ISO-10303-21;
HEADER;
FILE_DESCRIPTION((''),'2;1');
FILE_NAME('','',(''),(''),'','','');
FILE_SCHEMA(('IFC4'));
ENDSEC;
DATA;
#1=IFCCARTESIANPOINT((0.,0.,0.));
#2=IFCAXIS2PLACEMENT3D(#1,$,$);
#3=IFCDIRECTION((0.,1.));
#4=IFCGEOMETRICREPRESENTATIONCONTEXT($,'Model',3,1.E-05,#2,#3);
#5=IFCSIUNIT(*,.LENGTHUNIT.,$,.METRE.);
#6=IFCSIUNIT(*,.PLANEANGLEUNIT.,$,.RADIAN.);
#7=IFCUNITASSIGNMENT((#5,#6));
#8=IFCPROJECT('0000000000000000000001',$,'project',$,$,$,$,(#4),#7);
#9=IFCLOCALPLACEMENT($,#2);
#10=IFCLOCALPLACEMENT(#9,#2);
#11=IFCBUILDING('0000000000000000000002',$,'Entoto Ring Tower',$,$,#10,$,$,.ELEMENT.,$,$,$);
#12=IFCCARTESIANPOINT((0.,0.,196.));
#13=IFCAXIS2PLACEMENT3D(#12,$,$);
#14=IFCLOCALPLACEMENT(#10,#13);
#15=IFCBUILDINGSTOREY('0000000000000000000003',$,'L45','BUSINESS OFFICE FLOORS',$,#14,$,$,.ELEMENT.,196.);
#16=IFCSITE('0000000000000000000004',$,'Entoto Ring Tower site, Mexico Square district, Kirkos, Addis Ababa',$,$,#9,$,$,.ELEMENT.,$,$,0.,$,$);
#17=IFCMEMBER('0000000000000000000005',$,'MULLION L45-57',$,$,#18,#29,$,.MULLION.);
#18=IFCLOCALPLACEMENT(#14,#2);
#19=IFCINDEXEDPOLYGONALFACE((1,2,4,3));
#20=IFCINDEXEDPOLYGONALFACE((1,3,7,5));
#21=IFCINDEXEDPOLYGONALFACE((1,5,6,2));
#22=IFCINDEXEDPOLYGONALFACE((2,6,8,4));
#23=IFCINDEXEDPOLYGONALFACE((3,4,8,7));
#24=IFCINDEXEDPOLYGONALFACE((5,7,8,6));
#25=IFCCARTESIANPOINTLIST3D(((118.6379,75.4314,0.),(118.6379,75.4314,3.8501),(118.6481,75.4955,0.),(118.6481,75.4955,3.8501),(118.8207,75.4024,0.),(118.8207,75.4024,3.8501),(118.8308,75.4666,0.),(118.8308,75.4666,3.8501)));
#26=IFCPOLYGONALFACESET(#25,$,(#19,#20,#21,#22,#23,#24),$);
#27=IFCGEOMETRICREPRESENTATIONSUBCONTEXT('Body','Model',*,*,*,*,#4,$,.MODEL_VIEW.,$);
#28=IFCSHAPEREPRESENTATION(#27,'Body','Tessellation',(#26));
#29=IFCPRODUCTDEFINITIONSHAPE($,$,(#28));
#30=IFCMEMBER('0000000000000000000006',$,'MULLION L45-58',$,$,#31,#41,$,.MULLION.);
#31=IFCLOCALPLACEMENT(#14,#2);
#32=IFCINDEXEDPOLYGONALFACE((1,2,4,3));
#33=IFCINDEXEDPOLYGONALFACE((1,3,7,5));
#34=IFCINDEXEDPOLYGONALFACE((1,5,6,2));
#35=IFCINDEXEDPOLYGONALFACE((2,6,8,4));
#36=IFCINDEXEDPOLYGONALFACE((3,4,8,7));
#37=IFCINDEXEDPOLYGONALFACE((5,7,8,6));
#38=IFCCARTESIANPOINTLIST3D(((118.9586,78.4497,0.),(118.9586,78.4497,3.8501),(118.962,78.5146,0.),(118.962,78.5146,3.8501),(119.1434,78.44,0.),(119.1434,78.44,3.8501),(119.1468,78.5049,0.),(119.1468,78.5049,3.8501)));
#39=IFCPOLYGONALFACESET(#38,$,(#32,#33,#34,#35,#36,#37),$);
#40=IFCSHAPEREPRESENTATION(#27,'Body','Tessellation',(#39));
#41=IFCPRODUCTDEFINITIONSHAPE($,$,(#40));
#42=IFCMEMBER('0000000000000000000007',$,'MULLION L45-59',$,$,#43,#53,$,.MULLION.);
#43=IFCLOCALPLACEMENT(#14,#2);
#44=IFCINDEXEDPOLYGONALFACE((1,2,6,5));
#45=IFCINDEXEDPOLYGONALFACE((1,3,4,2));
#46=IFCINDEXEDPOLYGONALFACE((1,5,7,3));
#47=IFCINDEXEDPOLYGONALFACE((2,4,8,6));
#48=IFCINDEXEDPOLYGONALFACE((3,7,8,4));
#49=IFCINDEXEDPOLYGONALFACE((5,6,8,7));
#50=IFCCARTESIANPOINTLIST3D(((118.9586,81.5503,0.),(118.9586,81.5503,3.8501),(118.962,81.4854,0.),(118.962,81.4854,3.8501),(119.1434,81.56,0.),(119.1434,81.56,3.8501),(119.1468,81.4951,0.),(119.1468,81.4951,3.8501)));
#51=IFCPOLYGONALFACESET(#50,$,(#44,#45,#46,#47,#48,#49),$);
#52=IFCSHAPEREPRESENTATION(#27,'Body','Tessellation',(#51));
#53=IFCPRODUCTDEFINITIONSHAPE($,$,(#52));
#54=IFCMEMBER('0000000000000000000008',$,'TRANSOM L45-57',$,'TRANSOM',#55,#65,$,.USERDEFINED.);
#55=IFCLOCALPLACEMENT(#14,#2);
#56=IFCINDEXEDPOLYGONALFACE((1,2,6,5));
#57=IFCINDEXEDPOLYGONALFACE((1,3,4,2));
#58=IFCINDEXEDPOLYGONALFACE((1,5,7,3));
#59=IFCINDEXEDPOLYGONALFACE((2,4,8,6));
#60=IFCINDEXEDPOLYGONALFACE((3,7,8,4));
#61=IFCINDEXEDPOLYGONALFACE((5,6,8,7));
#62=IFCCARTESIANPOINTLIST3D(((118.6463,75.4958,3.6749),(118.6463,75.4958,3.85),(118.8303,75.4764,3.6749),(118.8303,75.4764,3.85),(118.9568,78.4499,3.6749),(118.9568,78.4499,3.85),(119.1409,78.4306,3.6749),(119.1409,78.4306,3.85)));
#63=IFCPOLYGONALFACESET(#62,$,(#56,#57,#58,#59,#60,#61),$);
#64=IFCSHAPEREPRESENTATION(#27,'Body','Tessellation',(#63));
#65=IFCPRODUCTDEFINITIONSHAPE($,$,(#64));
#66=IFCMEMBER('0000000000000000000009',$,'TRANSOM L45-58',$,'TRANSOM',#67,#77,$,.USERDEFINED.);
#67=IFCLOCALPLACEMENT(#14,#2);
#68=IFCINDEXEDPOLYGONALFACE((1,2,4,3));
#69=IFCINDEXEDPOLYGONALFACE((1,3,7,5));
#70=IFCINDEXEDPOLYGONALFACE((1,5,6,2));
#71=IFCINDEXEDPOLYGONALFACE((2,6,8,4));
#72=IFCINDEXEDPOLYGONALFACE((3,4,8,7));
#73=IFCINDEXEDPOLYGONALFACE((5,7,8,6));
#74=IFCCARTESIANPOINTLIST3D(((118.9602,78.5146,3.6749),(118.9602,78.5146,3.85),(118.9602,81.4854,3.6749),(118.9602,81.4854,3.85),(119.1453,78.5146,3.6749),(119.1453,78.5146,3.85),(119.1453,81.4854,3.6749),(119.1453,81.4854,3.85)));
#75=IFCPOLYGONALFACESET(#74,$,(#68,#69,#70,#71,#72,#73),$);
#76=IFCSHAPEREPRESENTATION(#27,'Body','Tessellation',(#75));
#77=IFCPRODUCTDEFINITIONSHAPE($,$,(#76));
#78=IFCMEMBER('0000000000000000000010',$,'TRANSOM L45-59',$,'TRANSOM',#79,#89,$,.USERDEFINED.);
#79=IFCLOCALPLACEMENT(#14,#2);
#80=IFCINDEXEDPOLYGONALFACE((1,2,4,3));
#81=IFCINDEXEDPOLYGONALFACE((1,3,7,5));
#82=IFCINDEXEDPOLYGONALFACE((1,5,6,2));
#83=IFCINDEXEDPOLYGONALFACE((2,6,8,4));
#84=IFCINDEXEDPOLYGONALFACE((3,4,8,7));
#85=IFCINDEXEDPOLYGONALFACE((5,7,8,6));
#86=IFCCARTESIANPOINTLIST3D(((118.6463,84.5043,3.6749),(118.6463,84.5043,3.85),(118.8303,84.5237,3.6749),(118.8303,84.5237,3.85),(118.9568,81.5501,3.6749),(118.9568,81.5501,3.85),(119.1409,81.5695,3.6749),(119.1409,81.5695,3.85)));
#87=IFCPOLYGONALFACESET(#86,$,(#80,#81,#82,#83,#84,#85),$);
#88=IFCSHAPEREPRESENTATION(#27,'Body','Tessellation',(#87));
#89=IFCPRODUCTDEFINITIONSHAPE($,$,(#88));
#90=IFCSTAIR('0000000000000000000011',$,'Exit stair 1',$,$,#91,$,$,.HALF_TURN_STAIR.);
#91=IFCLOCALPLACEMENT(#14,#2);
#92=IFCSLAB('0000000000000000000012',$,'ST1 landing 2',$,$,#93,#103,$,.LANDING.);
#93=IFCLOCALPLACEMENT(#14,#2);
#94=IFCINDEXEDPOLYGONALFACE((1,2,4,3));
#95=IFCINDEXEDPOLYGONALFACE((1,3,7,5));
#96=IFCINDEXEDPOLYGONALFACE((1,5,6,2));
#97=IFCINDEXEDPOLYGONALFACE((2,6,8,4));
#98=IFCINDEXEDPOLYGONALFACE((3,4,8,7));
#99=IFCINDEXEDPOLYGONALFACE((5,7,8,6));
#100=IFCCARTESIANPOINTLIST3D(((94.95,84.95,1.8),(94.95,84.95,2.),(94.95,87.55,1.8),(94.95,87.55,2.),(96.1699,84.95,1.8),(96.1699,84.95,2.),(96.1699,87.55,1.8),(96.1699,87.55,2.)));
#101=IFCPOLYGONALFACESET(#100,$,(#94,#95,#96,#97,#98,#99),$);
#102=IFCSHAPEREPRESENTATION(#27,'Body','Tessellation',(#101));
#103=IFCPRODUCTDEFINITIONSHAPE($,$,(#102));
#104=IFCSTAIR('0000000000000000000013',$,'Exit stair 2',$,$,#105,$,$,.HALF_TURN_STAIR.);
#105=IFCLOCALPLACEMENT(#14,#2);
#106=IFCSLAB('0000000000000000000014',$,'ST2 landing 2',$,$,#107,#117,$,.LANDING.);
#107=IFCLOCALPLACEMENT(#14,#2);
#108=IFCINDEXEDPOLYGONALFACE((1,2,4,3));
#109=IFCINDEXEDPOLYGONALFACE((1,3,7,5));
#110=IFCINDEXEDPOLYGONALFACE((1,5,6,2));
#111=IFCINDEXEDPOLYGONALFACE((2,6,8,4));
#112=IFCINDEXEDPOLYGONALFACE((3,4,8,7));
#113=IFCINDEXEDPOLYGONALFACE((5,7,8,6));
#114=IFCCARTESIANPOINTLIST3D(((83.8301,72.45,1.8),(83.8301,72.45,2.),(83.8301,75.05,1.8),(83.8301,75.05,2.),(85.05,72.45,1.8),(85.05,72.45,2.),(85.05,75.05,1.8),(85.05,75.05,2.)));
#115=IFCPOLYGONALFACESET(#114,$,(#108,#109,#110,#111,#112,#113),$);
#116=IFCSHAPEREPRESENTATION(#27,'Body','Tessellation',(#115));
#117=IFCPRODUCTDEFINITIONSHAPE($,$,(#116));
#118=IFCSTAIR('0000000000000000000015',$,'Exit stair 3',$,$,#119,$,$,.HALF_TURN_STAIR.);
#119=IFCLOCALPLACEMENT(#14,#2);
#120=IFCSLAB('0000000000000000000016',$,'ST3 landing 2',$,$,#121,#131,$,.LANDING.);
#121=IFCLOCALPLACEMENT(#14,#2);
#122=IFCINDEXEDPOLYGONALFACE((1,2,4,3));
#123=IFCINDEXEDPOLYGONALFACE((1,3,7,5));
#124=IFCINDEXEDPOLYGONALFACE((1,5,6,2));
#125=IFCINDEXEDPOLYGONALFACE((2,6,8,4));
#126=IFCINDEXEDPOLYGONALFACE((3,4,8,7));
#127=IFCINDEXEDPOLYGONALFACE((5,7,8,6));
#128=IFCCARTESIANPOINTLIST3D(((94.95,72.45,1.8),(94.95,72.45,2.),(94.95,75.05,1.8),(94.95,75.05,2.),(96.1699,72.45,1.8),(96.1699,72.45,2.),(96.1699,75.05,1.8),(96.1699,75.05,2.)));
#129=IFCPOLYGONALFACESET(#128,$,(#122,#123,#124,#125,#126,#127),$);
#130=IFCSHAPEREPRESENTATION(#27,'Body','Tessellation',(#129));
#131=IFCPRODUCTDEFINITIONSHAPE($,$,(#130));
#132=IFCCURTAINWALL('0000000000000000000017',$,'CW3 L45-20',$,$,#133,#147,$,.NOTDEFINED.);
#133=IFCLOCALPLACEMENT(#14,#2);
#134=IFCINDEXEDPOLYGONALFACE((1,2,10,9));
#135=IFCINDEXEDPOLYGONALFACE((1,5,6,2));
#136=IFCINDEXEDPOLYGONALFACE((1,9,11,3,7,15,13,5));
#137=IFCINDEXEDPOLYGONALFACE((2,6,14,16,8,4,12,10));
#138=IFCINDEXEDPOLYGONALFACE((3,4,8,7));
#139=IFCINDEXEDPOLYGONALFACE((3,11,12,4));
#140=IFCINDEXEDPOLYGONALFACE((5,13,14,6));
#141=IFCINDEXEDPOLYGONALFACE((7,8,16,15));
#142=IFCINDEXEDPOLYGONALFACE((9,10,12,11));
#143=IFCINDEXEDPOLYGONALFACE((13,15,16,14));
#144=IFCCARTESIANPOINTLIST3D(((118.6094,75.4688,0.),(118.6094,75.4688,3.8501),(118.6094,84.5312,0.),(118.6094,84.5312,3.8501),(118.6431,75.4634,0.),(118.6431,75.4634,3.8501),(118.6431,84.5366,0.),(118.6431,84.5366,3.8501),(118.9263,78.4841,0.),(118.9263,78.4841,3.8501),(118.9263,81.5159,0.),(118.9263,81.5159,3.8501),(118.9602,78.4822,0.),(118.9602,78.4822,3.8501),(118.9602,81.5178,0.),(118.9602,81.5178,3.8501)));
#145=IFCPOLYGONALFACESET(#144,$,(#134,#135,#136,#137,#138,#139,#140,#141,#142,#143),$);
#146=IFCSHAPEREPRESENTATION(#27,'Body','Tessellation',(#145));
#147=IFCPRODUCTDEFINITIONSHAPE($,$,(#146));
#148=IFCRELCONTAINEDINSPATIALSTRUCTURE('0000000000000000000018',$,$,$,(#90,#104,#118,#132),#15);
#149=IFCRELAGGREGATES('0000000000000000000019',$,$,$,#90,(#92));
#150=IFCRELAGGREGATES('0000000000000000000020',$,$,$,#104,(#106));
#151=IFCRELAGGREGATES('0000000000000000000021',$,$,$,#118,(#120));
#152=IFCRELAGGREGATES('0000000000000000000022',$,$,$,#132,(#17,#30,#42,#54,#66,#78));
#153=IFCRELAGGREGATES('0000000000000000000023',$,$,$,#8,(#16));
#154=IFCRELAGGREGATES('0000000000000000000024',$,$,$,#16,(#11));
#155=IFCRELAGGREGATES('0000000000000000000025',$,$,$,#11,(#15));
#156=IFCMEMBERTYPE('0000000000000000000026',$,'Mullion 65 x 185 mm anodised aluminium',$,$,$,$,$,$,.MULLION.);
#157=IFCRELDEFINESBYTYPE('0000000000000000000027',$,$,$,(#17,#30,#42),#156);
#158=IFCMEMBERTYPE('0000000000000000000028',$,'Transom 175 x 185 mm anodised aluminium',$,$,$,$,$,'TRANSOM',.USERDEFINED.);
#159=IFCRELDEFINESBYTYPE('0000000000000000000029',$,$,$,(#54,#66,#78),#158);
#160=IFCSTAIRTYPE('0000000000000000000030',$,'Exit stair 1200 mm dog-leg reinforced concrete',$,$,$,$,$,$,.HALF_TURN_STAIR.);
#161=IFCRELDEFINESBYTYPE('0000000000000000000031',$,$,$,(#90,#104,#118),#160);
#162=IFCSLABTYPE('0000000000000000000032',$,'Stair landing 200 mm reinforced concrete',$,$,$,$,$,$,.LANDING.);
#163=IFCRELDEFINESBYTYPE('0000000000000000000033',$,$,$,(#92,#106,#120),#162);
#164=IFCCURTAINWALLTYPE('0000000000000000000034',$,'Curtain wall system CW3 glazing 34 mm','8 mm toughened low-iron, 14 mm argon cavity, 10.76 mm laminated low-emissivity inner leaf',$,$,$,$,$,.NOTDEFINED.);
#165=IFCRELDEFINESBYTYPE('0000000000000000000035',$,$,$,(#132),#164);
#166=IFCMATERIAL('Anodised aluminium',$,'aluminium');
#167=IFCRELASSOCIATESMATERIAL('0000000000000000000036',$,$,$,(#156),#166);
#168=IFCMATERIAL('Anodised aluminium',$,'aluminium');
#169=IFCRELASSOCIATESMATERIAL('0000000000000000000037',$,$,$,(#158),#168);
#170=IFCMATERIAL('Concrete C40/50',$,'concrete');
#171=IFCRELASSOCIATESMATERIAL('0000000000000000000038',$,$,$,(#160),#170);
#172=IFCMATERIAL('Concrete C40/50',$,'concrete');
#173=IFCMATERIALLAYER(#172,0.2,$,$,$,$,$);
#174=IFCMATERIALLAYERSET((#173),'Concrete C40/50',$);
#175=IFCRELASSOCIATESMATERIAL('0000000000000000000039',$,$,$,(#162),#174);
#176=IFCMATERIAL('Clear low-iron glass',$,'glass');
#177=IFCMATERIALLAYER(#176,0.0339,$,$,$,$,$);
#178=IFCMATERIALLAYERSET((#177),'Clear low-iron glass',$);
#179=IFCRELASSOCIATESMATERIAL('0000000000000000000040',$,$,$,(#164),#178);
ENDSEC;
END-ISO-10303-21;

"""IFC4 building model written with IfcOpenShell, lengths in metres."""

from ifc_helpers import new_model, si_unit, direction, frame, origin, origin_2d, place, context, subcontext, project, spatial, polyline, rectangle, outline, extrude, material, layer, layer_set, material_profile, profile_set, type_object, element, aggregate, save


model = new_model("IFC4")

# Units and contexts
model_context = context("Model", 3, precision=1e-05, world=origin(), true_north=direction((0.0, 1.0)))
body_context = subcontext(model_context, "Body", "Model", "MODEL_VIEW")
ifc_project = project(units=[si_unit("LENGTHUNIT", "METRE"), si_unit("PLANEANGLEUNIT", "RADIAN")], contexts=[model_context])

# Members
ifc_material_1 = material(Name="Anodised aluminium", Category="aluminium")
ifc_material_profile_1 = material_profile(ifc_material_1, rectangle(XDim=0.0649, YDim=0.1851, at=origin_2d()), Name="Mullion 65 x 185 mm anodised aluminium")
ifc_profile_set_1 = profile_set([ifc_material_profile_1], Name="Anodised aluminium")
member_type_1 = type_object("IfcMemberType", Name="Mullion 65 x 185 mm anodised aluminium", PredefinedType="MULLION", material=ifc_profile_set_1)
site_placement = place(None, origin())
building_placement = place(site_placement, origin())
storey_placement = place(building_placement, frame((0.0, 0.0, 196.0)))
member_1_placement = place(storey_placement, frame((118.7344, 75.449, 0.0), z_axis=(0.0, 0.0, 1.0), x_axis=(0.156434, 0.987688, 0.0)))
member_1 = element("IfcMember", 1, at=member_1_placement, type_object=member_type_1, Name="MULLION L45-57", PredefinedType="MULLION", context=body_context, shape_type="SweptSolid", body=[
    extrude(rectangle(XDim=0.0649, YDim=0.1851, at=origin_2d()), origin(), (0.0, 0.0, 1.0), 3.8501),
])
member_2_placement = place(storey_placement, frame((119.0527, 78.4773, 0.0), z_axis=(0.0, 0.0, 1.0), x_axis=(0.052336, 0.99863, 0.0)))
member_2 = element("IfcMember", 2, at=member_2_placement, type_object=member_type_1, Name="MULLION L45-58", PredefinedType="MULLION", context=body_context, shape_type="SweptSolid", body=[
    extrude(rectangle(XDim=0.0649, YDim=0.1851, at=origin_2d()), origin(), (0.0, 0.0, 1.0), 3.8501),
])
member_3_placement = place(storey_placement, frame((119.0527, 81.5227, 0.0), z_axis=(0.0, 0.0, 1.0), x_axis=(-0.052336, 0.99863, 0.0)))
member_3 = element("IfcMember", 3, at=member_3_placement, type_object=member_type_1, Name="MULLION L45-59", PredefinedType="MULLION", context=body_context, shape_type="SweptSolid", body=[
    extrude(rectangle(XDim=0.0649, YDim=0.1851, at=origin_2d()), origin(), (0.0, 0.0, 1.0), 3.8501),
])
ifc_material_2 = material(Name="Anodised aluminium", Category="aluminium")
ifc_material_profile_2 = material_profile(ifc_material_2, rectangle(XDim=0.1851, YDim=0.175, at=origin_2d()), Name="Transom 175 x 185 mm anodised aluminium")
ifc_profile_set_2 = profile_set([ifc_material_profile_2], Name="Anodised aluminium")
member_type_2 = type_object("IfcMemberType", Name="Transom 175 x 185 mm anodised aluminium", ElementType="TRANSOM", PredefinedType="USERDEFINED", material=ifc_profile_set_2)
member_4_placement = place(storey_placement, frame((118.7383, 75.4861, 3.7625), z_axis=(0.104548, 0.99452, 0.0), x_axis=(-0.99452, 0.104548, 0.0)))
member_4 = element("IfcMember", 4, at=member_4_placement, type_object=member_type_2, Name="TRANSOM L45-57", ObjectType="TRANSOM", PredefinedType="USERDEFINED", context=body_context, shape_type="SweptSolid", body=[
    extrude(rectangle(XDim=0.1851, YDim=0.175, at=origin_2d()), origin(), (0.0, 0.0, 1.0), 2.9705),
])
member_5_placement = place(storey_placement, frame((119.0527, 78.5146, 3.7625), z_axis=(0.0, 1.0, 0.0), x_axis=(-1.0, 0.0, 0.0)))
member_5 = element("IfcMember", 5, at=member_5_placement, type_object=member_type_2, Name="TRANSOM L45-58", ObjectType="TRANSOM", PredefinedType="USERDEFINED", context=body_context, shape_type="SweptSolid", body=[
    extrude(rectangle(XDim=0.1851, YDim=0.175, at=origin_2d()), origin(), (0.0, 0.0, 1.0), 2.9707),
])
member_6_placement = place(storey_placement, frame((119.0488, 81.5598, 3.7625), z_axis=(-0.104548, 0.99452, 0.0), x_axis=(-0.99452, -0.104548, 0.0)))
member_6 = element("IfcMember", 6, at=member_6_placement, type_object=member_type_2, Name="TRANSOM L45-59", ObjectType="TRANSOM", PredefinedType="USERDEFINED", context=body_context, shape_type="SweptSolid", body=[
    extrude(rectangle(XDim=0.1851, YDim=0.175, at=origin_2d()), origin(), (0.0, 0.0, 1.0), 2.9705),
])

# Site, building, storey
site = spatial("IfcSite", under=ifc_project, at=site_placement, Name="Entoto Ring Tower site, Mexico Square district, Kirkos, Addis Ababa", CompositionType="ELEMENT", RefElevation=0.0)
building = spatial("IfcBuilding", under=site, at=building_placement, Name="Entoto Ring Tower", CompositionType="ELEMENT")
storey = spatial("IfcBuildingStorey", under=building, at=storey_placement, Name="L45", Description="BUSINESS OFFICE FLOORS", CompositionType="ELEMENT", Elevation=196.0)

# Stairs, slabs
ifc_material_3 = material(Name="Concrete C40/50", Category="concrete")
stair_type = type_object("IfcStairType", Name="Exit stair 1200 mm dog-leg reinforced concrete", PredefinedType="HALF_TURN_STAIR", material=ifc_material_3)
stair_1_placement = place(storey_placement, origin())
stair_1 = element("IfcStair", 7, at=stair_1_placement, inside=storey, type_object=stair_type, Name="Exit stair 1", PredefinedType="HALF_TURN_STAIR")
ifc_material_4 = material(Name="Concrete C40/50", Category="concrete")
ifc_layer_1 = layer(ifc_material_4, 0.2)
ifc_layer_set_1 = layer_set([ifc_layer_1], Name="Concrete C40/50")
slab_type = type_object("IfcSlabType", Name="Stair landing 200 mm reinforced concrete", PredefinedType="LANDING", material=ifc_layer_set_1)
slab_1_placement = place(storey_placement, frame((0.0, 0.0, 1.8)))
slab_1 = element("IfcSlab", 8, at=slab_1_placement, type_object=slab_type, Name="ST1 landing 2", PredefinedType="LANDING", context=body_context, shape_type="SweptSolid", body=[
    extrude(outline(polyline([(94.95, 84.95), (96.1699, 84.95), (96.1699, 87.55), (94.95, 87.55), (94.95, 84.95)])), origin(), (0.0, 0.0, 1.0), 0.2),
])
aggregate(stair_1, [slab_1])
stair_2_placement = place(storey_placement, origin())
stair_2 = element("IfcStair", 9, at=stair_2_placement, inside=storey, type_object=stair_type, Name="Exit stair 2", PredefinedType="HALF_TURN_STAIR")
slab_2_placement = place(storey_placement, frame((0.0, 0.0, 1.8)))
slab_2 = element("IfcSlab", 10, at=slab_2_placement, type_object=slab_type, Name="ST2 landing 2", PredefinedType="LANDING", context=body_context, shape_type="SweptSolid", body=[
    extrude(outline(polyline([(83.8301, 72.45), (85.05, 72.45), (85.05, 75.05), (83.8301, 75.05), (83.8301, 72.45)])), origin(), (0.0, 0.0, 1.0), 0.2),
])
aggregate(stair_2, [slab_2])
stair_3_placement = place(storey_placement, origin())
stair_3 = element("IfcStair", 11, at=stair_3_placement, inside=storey, type_object=stair_type, Name="Exit stair 3", PredefinedType="HALF_TURN_STAIR")
slab_3_placement = place(storey_placement, frame((0.0, 0.0, 1.8)))
slab_3 = element("IfcSlab", 12, at=slab_3_placement, type_object=slab_type, Name="ST3 landing 2", PredefinedType="LANDING", context=body_context, shape_type="SweptSolid", body=[
    extrude(outline(polyline([(94.95, 72.45), (96.1699, 72.45), (96.1699, 75.05), (94.95, 75.05), (94.95, 72.45)])), origin(), (0.0, 0.0, 1.0), 0.2),
])
aggregate(stair_3, [slab_3])

# Curtain wall
ifc_material_5 = material(Name="Clear low-iron glass", Category="glass")
ifc_layer_2 = layer(ifc_material_5, 0.0339)
ifc_layer_set_2 = layer_set([ifc_layer_2], Name="Clear low-iron glass")
curtain_wall_type = type_object("IfcCurtainWallType", Name="Curtain wall system CW3 glazing 34 mm", Description="8 mm toughened low-iron, 14 mm argon cavity, 10.76 mm laminated low-emissivity inner leaf", PredefinedType="NOTDEFINED", material=ifc_layer_set_2)
curtain_wall_1_placement = place(storey_placement, origin())
curtain_wall_1 = element("IfcCurtainWall", 13, at=curtain_wall_1_placement, inside=storey, type_object=curtain_wall_type, Name="CW3 L45-20", PredefinedType="NOTDEFINED", context=body_context, shape_type="SweptSolid", body=[
    extrude(outline(polyline([(118.6431, 75.4634), (118.9602, 78.4822), (118.9602, 81.5178), (118.6431, 84.5366), (118.6094, 84.5312), (118.9263, 81.5159), (118.9263, 78.4841), (118.6094, 75.4688), (118.6431, 75.4634)])), origin(), (0.0, 0.0, 1.0), 3.8501),
])
aggregate(curtain_wall_1, [member_1, member_2, member_3, member_4, member_5, member_6])

save(model, "model.ifc")
